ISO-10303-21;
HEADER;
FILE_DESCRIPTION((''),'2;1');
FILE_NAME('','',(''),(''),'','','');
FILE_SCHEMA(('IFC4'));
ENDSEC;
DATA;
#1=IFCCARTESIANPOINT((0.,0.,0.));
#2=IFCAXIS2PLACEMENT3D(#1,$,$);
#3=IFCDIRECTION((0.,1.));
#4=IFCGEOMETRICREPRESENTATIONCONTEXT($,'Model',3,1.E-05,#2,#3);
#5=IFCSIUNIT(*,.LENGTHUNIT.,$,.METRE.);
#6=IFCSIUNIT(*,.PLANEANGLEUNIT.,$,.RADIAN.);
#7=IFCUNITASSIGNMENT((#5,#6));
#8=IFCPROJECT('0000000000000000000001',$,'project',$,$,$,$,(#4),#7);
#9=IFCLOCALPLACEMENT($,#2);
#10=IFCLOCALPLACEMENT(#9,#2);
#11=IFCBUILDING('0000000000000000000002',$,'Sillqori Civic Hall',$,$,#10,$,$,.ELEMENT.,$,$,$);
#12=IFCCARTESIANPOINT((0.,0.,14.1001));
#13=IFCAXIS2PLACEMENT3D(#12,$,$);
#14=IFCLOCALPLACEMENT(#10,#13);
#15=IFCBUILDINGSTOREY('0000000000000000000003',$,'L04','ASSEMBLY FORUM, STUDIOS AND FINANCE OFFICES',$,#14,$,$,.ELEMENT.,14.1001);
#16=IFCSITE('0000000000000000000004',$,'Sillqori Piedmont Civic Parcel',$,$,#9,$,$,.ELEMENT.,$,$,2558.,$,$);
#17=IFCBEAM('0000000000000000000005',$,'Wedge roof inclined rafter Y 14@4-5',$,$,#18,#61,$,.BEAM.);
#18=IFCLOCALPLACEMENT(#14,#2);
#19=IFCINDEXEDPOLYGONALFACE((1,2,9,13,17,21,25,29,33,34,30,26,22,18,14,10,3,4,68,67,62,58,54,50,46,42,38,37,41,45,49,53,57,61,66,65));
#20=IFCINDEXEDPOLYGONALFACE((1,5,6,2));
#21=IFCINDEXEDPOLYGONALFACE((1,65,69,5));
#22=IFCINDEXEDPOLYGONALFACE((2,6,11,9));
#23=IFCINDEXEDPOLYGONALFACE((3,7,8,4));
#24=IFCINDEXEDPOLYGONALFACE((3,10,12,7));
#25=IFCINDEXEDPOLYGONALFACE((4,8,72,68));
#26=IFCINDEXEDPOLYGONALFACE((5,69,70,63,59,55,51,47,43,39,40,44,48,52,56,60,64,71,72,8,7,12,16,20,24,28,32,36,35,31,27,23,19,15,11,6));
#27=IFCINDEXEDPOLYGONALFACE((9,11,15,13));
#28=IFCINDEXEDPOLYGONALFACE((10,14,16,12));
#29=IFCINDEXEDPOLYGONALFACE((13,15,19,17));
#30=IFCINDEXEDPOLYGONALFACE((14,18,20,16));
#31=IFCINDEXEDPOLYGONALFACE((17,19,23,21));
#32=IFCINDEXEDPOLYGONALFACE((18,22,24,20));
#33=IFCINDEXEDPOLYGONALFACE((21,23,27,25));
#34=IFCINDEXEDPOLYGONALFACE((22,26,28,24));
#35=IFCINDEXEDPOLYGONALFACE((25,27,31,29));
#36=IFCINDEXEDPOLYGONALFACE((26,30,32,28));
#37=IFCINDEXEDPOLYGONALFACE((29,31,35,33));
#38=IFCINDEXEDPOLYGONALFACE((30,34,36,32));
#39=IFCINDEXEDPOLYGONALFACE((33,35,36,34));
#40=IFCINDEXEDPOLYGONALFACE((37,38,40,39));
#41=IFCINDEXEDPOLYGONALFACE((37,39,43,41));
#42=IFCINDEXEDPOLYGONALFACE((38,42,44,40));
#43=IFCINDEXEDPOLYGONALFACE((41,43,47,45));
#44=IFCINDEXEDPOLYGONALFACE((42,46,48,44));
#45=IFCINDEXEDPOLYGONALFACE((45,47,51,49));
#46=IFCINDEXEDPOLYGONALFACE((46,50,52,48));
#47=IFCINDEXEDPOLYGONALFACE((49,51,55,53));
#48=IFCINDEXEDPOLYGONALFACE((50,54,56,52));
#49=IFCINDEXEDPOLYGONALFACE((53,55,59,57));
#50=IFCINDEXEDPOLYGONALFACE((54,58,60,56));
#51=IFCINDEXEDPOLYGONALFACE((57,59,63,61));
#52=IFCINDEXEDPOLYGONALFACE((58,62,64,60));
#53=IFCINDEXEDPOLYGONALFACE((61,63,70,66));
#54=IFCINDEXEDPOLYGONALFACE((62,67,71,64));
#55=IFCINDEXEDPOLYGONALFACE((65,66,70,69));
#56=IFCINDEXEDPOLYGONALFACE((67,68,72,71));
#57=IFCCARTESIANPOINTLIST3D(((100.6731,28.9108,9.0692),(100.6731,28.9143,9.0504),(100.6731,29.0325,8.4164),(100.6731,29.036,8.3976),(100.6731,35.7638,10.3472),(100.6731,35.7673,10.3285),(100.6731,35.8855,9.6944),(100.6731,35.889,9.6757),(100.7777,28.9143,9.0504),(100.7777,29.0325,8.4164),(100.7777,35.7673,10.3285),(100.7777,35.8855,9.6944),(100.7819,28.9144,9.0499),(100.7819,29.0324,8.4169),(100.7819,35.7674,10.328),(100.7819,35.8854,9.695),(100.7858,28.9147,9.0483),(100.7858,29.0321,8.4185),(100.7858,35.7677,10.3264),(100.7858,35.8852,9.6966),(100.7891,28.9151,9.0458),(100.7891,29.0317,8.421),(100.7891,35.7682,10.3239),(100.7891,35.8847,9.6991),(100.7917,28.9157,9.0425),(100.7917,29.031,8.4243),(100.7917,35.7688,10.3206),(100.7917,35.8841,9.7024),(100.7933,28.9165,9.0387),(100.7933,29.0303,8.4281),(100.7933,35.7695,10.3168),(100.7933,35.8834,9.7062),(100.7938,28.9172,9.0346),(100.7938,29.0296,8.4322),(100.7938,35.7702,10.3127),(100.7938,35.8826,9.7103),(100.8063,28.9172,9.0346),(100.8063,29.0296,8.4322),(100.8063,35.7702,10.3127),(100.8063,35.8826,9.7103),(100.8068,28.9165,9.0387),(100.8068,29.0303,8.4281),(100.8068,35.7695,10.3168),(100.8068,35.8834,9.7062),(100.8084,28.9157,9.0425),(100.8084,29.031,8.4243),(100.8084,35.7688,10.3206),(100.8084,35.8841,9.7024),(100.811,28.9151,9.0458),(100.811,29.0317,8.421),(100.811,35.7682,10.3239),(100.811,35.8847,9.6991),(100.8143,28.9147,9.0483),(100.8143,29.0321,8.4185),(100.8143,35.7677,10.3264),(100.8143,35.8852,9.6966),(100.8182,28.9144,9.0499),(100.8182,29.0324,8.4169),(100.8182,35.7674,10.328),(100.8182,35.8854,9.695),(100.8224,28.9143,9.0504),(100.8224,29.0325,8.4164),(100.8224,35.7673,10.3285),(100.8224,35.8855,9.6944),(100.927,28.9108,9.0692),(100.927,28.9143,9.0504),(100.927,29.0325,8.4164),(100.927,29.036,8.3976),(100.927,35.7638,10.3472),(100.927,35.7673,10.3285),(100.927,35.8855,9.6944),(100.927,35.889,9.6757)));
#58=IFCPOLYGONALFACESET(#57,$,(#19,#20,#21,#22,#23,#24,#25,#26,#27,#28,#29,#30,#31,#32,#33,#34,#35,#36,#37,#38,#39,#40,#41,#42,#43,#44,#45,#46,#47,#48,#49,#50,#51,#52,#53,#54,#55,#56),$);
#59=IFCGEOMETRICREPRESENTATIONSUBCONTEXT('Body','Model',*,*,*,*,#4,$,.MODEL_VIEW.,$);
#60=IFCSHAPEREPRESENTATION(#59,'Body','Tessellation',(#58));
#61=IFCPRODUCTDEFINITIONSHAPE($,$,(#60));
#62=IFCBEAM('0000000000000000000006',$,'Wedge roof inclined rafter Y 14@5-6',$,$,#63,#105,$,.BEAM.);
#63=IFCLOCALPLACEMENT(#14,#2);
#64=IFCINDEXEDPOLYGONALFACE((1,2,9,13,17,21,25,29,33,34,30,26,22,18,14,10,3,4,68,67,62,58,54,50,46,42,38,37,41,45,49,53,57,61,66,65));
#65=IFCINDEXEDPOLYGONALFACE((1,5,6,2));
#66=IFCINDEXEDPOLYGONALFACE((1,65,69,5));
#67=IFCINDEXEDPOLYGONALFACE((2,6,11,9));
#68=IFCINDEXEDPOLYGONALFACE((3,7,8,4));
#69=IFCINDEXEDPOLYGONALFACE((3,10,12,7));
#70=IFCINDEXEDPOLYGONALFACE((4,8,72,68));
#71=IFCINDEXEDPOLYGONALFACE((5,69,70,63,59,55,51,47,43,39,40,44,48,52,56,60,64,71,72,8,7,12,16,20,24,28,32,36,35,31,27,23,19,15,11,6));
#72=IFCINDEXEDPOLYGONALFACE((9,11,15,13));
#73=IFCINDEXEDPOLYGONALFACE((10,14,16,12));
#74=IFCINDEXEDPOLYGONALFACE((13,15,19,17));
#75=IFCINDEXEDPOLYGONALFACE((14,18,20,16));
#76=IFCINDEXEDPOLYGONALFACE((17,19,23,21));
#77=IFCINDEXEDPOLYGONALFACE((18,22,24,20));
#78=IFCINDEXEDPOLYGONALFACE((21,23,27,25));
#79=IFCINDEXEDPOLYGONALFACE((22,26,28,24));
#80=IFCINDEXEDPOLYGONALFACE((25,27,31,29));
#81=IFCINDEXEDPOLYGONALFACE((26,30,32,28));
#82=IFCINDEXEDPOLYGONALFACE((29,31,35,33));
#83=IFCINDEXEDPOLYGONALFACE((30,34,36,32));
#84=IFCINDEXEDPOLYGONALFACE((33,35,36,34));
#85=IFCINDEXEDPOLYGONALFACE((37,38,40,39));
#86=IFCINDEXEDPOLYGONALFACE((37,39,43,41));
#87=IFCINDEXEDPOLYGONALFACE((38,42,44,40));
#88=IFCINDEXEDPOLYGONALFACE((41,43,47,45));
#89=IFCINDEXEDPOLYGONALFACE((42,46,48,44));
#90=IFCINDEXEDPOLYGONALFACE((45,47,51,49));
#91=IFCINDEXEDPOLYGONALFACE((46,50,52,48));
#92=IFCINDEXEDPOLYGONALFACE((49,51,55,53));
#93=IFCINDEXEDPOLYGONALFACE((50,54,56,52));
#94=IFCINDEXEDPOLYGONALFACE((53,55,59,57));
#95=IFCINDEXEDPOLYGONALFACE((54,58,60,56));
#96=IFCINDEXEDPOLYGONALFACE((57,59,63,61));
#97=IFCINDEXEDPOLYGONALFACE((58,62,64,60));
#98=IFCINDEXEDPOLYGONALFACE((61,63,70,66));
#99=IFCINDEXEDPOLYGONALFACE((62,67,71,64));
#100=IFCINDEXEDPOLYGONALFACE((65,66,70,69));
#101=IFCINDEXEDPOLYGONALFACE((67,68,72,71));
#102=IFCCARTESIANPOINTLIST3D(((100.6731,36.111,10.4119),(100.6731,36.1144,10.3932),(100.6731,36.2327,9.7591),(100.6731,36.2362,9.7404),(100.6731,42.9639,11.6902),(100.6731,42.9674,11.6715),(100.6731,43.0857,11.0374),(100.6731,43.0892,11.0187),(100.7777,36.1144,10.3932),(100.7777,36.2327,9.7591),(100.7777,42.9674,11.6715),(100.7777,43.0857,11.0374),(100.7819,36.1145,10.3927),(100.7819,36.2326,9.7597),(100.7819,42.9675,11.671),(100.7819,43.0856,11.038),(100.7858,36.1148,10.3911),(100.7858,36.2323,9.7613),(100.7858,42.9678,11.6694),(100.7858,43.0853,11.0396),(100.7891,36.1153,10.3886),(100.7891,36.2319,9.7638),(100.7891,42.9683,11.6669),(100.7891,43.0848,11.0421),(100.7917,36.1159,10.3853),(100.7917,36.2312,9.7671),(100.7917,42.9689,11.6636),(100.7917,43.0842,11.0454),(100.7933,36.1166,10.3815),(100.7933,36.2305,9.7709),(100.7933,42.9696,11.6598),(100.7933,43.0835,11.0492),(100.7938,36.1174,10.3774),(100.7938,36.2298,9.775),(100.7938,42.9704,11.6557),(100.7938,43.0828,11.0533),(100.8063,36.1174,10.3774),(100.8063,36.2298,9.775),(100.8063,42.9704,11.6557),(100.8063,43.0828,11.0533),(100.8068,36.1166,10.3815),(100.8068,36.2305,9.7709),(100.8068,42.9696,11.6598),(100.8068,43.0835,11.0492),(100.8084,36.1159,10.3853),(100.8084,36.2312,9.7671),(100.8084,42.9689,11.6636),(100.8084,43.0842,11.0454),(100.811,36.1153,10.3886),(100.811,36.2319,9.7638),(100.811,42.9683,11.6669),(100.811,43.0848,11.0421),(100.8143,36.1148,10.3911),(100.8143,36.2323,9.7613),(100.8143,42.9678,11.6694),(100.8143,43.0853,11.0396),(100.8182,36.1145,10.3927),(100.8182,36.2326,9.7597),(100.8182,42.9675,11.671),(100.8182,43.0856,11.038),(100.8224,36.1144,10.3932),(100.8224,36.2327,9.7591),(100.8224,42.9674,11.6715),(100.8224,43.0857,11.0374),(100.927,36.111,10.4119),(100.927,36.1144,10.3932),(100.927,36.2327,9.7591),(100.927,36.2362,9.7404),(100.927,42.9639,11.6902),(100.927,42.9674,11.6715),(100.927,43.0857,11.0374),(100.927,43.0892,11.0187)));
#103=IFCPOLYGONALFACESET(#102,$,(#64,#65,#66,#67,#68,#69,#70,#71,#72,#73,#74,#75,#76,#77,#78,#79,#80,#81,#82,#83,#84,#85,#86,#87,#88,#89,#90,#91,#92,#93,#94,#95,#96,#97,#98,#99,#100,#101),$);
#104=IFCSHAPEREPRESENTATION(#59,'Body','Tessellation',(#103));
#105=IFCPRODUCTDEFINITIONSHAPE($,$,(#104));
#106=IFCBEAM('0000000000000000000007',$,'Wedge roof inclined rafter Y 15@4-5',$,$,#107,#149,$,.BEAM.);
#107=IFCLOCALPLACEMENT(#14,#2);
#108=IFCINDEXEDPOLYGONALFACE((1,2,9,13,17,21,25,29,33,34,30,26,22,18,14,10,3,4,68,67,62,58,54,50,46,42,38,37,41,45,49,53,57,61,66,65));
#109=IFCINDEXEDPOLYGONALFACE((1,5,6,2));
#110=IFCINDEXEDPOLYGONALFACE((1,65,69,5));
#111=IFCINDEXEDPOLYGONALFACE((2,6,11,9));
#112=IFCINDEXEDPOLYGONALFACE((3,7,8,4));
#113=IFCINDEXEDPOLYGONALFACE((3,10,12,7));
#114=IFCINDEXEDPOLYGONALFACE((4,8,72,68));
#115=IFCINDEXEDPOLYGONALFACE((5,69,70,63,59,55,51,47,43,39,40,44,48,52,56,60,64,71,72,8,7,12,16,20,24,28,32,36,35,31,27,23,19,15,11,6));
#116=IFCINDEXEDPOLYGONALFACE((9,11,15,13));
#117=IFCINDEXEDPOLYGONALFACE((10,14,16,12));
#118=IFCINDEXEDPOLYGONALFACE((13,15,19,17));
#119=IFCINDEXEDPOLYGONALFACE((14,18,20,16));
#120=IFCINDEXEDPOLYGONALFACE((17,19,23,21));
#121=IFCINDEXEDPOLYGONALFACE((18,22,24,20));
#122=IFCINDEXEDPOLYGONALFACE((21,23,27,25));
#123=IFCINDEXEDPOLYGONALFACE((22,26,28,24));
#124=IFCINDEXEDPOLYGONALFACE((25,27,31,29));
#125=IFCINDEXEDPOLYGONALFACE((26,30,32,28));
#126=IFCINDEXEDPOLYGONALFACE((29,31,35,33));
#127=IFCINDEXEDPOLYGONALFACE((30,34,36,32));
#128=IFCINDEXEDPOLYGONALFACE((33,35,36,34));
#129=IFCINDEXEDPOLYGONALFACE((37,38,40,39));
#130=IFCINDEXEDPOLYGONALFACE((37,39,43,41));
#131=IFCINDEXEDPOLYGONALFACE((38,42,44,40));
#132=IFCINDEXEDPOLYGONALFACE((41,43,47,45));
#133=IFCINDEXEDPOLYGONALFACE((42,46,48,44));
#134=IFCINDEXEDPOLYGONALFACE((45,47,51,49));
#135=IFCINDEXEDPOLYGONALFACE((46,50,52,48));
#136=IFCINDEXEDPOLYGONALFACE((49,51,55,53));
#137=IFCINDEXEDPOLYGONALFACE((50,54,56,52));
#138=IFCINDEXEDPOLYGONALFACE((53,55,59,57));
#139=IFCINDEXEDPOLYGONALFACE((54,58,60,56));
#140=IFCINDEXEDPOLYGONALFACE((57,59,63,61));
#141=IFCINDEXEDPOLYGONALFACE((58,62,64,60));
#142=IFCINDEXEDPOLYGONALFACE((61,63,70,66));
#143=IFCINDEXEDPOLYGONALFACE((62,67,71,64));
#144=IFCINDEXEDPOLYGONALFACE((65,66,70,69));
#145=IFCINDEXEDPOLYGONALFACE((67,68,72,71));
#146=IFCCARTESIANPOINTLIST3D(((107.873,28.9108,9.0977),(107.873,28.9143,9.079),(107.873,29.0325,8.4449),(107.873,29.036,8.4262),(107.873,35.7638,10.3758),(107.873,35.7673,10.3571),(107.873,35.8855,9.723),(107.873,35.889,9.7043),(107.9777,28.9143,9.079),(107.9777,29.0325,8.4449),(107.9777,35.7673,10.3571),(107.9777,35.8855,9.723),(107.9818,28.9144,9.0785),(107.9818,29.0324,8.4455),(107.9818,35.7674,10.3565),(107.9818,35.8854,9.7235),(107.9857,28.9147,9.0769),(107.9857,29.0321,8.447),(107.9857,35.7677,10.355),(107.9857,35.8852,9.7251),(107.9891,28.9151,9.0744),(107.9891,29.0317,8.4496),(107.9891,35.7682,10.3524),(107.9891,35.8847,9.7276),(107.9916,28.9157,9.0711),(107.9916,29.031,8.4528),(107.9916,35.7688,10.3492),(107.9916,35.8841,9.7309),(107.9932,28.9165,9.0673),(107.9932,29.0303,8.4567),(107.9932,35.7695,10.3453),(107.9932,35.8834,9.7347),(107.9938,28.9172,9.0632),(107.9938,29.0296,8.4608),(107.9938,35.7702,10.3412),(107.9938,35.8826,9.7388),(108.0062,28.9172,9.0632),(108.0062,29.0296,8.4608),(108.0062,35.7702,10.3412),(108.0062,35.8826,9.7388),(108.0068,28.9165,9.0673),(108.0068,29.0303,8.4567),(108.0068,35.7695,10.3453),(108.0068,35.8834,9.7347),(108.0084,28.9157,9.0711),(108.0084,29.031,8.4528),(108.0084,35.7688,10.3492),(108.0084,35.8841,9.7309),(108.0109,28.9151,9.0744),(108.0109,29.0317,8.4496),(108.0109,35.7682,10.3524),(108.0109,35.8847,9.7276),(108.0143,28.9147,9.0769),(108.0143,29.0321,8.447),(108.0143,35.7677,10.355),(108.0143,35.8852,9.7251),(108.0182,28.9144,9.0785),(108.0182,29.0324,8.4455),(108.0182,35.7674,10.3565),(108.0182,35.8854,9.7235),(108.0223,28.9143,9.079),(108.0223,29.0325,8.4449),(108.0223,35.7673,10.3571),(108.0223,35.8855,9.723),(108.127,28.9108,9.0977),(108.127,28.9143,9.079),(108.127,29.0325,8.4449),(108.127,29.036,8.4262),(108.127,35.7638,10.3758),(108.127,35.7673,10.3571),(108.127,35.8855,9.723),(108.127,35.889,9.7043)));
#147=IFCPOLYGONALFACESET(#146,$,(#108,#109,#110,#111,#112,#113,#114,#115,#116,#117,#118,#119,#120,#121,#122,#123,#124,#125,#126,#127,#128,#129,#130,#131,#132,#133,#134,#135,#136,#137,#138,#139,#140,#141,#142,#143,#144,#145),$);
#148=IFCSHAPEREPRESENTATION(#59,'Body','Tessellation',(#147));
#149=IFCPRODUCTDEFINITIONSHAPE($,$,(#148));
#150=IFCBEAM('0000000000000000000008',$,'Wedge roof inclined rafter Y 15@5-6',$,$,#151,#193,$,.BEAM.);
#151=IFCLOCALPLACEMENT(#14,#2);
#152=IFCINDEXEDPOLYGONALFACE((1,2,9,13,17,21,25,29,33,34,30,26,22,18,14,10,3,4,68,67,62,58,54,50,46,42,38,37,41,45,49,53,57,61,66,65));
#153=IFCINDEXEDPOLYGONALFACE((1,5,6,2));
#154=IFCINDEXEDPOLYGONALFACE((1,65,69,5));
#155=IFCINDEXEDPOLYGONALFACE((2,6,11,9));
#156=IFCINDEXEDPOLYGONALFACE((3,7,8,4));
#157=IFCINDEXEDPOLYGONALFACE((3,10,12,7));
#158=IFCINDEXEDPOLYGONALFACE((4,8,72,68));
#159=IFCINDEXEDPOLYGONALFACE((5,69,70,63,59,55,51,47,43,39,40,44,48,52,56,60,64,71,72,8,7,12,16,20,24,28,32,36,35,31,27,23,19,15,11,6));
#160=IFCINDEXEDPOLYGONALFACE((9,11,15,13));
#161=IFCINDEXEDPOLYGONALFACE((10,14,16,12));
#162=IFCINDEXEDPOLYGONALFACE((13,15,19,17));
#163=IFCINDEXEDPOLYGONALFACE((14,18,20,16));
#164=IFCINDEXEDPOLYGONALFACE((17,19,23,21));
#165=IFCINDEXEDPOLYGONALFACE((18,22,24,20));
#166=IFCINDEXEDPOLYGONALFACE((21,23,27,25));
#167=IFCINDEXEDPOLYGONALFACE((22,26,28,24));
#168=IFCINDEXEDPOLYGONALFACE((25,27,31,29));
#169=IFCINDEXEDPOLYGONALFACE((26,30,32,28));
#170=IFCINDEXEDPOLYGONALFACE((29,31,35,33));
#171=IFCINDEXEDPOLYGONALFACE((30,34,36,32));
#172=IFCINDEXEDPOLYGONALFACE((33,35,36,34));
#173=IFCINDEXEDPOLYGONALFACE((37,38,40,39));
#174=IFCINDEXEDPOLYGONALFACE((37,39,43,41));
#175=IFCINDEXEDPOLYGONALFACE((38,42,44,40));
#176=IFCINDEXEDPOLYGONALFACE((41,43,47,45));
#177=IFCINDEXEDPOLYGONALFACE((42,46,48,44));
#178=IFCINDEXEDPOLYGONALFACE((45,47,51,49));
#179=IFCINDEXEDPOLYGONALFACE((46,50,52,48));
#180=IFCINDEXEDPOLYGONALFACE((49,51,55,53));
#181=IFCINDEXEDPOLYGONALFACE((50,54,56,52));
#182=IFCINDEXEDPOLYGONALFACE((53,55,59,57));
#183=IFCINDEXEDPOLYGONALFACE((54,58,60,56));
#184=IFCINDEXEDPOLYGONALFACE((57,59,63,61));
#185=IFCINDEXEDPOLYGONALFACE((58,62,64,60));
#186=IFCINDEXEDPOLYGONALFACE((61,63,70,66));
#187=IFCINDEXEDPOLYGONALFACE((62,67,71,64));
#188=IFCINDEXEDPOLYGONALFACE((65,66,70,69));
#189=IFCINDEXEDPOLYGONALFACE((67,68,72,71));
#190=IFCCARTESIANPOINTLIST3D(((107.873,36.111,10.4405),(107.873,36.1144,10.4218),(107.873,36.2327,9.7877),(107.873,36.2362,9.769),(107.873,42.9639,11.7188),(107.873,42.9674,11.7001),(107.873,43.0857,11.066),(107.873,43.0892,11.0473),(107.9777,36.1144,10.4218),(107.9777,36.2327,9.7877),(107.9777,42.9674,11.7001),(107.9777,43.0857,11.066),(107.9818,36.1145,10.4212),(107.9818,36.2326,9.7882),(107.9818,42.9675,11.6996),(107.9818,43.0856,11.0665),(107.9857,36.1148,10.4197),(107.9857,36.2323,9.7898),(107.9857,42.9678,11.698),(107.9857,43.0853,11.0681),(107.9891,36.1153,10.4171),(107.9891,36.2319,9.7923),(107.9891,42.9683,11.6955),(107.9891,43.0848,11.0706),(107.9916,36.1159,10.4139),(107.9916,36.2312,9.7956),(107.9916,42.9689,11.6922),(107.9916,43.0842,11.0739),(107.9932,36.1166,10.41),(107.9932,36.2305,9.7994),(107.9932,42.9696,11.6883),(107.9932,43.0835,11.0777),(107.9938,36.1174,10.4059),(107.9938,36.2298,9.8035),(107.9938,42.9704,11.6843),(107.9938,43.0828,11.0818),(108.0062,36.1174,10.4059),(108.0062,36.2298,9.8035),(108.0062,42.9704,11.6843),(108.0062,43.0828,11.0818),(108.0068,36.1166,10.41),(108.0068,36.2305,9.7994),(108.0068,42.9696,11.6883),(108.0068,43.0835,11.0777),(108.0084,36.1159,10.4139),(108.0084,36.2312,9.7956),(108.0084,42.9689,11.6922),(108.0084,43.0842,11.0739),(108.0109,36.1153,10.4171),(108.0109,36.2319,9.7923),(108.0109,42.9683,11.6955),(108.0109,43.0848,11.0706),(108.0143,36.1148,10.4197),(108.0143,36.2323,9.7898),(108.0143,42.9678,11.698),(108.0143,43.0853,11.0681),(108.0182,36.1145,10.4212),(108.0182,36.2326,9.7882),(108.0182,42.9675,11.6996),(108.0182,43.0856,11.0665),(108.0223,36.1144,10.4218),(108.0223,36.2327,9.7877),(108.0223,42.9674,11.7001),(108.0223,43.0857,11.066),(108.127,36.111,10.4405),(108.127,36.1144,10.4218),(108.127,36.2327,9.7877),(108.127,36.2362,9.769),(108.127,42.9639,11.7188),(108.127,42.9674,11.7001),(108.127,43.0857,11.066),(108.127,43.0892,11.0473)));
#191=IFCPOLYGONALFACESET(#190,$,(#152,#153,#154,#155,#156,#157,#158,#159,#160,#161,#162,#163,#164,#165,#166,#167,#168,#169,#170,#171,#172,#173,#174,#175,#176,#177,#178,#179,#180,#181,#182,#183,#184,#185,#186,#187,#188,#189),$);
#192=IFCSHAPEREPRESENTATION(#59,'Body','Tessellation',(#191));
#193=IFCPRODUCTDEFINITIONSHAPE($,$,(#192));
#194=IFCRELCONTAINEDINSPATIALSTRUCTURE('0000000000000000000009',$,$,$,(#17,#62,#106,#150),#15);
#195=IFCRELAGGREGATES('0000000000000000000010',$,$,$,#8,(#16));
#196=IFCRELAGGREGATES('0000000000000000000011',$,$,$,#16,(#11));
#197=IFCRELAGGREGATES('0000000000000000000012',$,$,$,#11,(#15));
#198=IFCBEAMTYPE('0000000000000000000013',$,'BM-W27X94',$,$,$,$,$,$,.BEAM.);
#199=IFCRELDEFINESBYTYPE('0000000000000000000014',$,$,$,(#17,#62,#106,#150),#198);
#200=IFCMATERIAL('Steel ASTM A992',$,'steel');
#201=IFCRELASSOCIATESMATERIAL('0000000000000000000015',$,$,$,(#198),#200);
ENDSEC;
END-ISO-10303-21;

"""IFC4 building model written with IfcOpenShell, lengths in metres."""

from ifc_helpers import new_model, si_unit, direction, frame, origin, origin_2d, place, context, subcontext, project, spatial, i_section, extrude, material, material_profile, profile_set, type_object, element, save


model = new_model("IFC4")

# Units and contexts
model_context = context("Model", 3, precision=1e-05, world=origin(), true_north=direction((0.0, 1.0)))
body_context = subcontext(model_context, "Body", "Model", "MODEL_VIEW")
ifc_project = project(units=[si_unit("LENGTHUNIT", "METRE"), si_unit("PLANEANGLEUNIT", "RADIAN")], contexts=[model_context])

# Site, building, storey
site_placement = place(None, origin())
site = spatial("IfcSite", under=ifc_project, at=site_placement, Name="Sillqori Piedmont Civic Parcel", CompositionType="ELEMENT", RefElevation=2558.0)
building_placement = place(site_placement, origin())
building = spatial("IfcBuilding", under=site, at=building_placement, Name="Sillqori Civic Hall", CompositionType="ELEMENT")
storey_placement = place(building_placement, frame((0.0, 0.0, 14.1001)))
storey = spatial("IfcBuildingStorey", under=building, at=storey_placement, Name="L04", Description="ASSEMBLY FORUM, STUDIOS AND FINANCE OFFICES", CompositionType="ELEMENT", Elevation=14.1001)

# Shared definitions
ifc_material_1 = material(Name="Steel ASTM A992", Category="steel")

# Beams
ifc_material_profile_1 = material_profile(ifc_material_1, i_section(OverallWidth=0.2539, OverallDepth=0.6831, WebThickness=0.0125, FlangeThickness=0.019, FilletRadius=0.0161, at=origin_2d()), Name="W27X94")
ifc_profile_set_1 = profile_set([ifc_material_profile_1], Name="Steel ASTM A992")
beam_type_1 = type_object("IfcBeamType", Name="BM-W27X94", PredefinedType="BEAM", material=ifc_profile_set_1)
for number, where, z_axis, x_axis, name in (
    (1, (100.8, 28.9734, 8.7334), (0.0, 0.98305, 0.183337), (-1.0, 0.0, 0.0), "Wedge roof inclined rafter Y 14@4-5"),
    (2, (100.8, 36.1736, 10.0762), (0.0, 0.983044, 0.183371), (-1.0, 0.0, 0.0), "Wedge roof inclined rafter Y 14@5-6"),
    (3, (108.0, 28.9734, 8.762), (0.0, 0.98305, 0.183337), (-1.0, 0.0, 0.0), "Wedge roof inclined rafter Y 15@4-5"),
    (4, (108.0, 36.1736, 10.1047), (0.0, 0.983044, 0.183371), (-1.0, 0.0, 0.0), "Wedge roof inclined rafter Y 15@5-6"),
):
    element("IfcBeam", number, at=place(storey_placement, frame(where, z_axis=z_axis, x_axis=x_axis)), inside=storey, type_object=beam_type_1, Name=name, PredefinedType="BEAM", context=body_context, shape_type="SweptSolid", body=[
        extrude(i_section(OverallWidth=0.2539, OverallDepth=0.6831, WebThickness=0.0125, FlangeThickness=0.019, FilletRadius=0.0161, at=origin_2d()), origin(), (0.0, 0.0, 1.0), 6.9712),
    ])

save(model, "model.ifc")
